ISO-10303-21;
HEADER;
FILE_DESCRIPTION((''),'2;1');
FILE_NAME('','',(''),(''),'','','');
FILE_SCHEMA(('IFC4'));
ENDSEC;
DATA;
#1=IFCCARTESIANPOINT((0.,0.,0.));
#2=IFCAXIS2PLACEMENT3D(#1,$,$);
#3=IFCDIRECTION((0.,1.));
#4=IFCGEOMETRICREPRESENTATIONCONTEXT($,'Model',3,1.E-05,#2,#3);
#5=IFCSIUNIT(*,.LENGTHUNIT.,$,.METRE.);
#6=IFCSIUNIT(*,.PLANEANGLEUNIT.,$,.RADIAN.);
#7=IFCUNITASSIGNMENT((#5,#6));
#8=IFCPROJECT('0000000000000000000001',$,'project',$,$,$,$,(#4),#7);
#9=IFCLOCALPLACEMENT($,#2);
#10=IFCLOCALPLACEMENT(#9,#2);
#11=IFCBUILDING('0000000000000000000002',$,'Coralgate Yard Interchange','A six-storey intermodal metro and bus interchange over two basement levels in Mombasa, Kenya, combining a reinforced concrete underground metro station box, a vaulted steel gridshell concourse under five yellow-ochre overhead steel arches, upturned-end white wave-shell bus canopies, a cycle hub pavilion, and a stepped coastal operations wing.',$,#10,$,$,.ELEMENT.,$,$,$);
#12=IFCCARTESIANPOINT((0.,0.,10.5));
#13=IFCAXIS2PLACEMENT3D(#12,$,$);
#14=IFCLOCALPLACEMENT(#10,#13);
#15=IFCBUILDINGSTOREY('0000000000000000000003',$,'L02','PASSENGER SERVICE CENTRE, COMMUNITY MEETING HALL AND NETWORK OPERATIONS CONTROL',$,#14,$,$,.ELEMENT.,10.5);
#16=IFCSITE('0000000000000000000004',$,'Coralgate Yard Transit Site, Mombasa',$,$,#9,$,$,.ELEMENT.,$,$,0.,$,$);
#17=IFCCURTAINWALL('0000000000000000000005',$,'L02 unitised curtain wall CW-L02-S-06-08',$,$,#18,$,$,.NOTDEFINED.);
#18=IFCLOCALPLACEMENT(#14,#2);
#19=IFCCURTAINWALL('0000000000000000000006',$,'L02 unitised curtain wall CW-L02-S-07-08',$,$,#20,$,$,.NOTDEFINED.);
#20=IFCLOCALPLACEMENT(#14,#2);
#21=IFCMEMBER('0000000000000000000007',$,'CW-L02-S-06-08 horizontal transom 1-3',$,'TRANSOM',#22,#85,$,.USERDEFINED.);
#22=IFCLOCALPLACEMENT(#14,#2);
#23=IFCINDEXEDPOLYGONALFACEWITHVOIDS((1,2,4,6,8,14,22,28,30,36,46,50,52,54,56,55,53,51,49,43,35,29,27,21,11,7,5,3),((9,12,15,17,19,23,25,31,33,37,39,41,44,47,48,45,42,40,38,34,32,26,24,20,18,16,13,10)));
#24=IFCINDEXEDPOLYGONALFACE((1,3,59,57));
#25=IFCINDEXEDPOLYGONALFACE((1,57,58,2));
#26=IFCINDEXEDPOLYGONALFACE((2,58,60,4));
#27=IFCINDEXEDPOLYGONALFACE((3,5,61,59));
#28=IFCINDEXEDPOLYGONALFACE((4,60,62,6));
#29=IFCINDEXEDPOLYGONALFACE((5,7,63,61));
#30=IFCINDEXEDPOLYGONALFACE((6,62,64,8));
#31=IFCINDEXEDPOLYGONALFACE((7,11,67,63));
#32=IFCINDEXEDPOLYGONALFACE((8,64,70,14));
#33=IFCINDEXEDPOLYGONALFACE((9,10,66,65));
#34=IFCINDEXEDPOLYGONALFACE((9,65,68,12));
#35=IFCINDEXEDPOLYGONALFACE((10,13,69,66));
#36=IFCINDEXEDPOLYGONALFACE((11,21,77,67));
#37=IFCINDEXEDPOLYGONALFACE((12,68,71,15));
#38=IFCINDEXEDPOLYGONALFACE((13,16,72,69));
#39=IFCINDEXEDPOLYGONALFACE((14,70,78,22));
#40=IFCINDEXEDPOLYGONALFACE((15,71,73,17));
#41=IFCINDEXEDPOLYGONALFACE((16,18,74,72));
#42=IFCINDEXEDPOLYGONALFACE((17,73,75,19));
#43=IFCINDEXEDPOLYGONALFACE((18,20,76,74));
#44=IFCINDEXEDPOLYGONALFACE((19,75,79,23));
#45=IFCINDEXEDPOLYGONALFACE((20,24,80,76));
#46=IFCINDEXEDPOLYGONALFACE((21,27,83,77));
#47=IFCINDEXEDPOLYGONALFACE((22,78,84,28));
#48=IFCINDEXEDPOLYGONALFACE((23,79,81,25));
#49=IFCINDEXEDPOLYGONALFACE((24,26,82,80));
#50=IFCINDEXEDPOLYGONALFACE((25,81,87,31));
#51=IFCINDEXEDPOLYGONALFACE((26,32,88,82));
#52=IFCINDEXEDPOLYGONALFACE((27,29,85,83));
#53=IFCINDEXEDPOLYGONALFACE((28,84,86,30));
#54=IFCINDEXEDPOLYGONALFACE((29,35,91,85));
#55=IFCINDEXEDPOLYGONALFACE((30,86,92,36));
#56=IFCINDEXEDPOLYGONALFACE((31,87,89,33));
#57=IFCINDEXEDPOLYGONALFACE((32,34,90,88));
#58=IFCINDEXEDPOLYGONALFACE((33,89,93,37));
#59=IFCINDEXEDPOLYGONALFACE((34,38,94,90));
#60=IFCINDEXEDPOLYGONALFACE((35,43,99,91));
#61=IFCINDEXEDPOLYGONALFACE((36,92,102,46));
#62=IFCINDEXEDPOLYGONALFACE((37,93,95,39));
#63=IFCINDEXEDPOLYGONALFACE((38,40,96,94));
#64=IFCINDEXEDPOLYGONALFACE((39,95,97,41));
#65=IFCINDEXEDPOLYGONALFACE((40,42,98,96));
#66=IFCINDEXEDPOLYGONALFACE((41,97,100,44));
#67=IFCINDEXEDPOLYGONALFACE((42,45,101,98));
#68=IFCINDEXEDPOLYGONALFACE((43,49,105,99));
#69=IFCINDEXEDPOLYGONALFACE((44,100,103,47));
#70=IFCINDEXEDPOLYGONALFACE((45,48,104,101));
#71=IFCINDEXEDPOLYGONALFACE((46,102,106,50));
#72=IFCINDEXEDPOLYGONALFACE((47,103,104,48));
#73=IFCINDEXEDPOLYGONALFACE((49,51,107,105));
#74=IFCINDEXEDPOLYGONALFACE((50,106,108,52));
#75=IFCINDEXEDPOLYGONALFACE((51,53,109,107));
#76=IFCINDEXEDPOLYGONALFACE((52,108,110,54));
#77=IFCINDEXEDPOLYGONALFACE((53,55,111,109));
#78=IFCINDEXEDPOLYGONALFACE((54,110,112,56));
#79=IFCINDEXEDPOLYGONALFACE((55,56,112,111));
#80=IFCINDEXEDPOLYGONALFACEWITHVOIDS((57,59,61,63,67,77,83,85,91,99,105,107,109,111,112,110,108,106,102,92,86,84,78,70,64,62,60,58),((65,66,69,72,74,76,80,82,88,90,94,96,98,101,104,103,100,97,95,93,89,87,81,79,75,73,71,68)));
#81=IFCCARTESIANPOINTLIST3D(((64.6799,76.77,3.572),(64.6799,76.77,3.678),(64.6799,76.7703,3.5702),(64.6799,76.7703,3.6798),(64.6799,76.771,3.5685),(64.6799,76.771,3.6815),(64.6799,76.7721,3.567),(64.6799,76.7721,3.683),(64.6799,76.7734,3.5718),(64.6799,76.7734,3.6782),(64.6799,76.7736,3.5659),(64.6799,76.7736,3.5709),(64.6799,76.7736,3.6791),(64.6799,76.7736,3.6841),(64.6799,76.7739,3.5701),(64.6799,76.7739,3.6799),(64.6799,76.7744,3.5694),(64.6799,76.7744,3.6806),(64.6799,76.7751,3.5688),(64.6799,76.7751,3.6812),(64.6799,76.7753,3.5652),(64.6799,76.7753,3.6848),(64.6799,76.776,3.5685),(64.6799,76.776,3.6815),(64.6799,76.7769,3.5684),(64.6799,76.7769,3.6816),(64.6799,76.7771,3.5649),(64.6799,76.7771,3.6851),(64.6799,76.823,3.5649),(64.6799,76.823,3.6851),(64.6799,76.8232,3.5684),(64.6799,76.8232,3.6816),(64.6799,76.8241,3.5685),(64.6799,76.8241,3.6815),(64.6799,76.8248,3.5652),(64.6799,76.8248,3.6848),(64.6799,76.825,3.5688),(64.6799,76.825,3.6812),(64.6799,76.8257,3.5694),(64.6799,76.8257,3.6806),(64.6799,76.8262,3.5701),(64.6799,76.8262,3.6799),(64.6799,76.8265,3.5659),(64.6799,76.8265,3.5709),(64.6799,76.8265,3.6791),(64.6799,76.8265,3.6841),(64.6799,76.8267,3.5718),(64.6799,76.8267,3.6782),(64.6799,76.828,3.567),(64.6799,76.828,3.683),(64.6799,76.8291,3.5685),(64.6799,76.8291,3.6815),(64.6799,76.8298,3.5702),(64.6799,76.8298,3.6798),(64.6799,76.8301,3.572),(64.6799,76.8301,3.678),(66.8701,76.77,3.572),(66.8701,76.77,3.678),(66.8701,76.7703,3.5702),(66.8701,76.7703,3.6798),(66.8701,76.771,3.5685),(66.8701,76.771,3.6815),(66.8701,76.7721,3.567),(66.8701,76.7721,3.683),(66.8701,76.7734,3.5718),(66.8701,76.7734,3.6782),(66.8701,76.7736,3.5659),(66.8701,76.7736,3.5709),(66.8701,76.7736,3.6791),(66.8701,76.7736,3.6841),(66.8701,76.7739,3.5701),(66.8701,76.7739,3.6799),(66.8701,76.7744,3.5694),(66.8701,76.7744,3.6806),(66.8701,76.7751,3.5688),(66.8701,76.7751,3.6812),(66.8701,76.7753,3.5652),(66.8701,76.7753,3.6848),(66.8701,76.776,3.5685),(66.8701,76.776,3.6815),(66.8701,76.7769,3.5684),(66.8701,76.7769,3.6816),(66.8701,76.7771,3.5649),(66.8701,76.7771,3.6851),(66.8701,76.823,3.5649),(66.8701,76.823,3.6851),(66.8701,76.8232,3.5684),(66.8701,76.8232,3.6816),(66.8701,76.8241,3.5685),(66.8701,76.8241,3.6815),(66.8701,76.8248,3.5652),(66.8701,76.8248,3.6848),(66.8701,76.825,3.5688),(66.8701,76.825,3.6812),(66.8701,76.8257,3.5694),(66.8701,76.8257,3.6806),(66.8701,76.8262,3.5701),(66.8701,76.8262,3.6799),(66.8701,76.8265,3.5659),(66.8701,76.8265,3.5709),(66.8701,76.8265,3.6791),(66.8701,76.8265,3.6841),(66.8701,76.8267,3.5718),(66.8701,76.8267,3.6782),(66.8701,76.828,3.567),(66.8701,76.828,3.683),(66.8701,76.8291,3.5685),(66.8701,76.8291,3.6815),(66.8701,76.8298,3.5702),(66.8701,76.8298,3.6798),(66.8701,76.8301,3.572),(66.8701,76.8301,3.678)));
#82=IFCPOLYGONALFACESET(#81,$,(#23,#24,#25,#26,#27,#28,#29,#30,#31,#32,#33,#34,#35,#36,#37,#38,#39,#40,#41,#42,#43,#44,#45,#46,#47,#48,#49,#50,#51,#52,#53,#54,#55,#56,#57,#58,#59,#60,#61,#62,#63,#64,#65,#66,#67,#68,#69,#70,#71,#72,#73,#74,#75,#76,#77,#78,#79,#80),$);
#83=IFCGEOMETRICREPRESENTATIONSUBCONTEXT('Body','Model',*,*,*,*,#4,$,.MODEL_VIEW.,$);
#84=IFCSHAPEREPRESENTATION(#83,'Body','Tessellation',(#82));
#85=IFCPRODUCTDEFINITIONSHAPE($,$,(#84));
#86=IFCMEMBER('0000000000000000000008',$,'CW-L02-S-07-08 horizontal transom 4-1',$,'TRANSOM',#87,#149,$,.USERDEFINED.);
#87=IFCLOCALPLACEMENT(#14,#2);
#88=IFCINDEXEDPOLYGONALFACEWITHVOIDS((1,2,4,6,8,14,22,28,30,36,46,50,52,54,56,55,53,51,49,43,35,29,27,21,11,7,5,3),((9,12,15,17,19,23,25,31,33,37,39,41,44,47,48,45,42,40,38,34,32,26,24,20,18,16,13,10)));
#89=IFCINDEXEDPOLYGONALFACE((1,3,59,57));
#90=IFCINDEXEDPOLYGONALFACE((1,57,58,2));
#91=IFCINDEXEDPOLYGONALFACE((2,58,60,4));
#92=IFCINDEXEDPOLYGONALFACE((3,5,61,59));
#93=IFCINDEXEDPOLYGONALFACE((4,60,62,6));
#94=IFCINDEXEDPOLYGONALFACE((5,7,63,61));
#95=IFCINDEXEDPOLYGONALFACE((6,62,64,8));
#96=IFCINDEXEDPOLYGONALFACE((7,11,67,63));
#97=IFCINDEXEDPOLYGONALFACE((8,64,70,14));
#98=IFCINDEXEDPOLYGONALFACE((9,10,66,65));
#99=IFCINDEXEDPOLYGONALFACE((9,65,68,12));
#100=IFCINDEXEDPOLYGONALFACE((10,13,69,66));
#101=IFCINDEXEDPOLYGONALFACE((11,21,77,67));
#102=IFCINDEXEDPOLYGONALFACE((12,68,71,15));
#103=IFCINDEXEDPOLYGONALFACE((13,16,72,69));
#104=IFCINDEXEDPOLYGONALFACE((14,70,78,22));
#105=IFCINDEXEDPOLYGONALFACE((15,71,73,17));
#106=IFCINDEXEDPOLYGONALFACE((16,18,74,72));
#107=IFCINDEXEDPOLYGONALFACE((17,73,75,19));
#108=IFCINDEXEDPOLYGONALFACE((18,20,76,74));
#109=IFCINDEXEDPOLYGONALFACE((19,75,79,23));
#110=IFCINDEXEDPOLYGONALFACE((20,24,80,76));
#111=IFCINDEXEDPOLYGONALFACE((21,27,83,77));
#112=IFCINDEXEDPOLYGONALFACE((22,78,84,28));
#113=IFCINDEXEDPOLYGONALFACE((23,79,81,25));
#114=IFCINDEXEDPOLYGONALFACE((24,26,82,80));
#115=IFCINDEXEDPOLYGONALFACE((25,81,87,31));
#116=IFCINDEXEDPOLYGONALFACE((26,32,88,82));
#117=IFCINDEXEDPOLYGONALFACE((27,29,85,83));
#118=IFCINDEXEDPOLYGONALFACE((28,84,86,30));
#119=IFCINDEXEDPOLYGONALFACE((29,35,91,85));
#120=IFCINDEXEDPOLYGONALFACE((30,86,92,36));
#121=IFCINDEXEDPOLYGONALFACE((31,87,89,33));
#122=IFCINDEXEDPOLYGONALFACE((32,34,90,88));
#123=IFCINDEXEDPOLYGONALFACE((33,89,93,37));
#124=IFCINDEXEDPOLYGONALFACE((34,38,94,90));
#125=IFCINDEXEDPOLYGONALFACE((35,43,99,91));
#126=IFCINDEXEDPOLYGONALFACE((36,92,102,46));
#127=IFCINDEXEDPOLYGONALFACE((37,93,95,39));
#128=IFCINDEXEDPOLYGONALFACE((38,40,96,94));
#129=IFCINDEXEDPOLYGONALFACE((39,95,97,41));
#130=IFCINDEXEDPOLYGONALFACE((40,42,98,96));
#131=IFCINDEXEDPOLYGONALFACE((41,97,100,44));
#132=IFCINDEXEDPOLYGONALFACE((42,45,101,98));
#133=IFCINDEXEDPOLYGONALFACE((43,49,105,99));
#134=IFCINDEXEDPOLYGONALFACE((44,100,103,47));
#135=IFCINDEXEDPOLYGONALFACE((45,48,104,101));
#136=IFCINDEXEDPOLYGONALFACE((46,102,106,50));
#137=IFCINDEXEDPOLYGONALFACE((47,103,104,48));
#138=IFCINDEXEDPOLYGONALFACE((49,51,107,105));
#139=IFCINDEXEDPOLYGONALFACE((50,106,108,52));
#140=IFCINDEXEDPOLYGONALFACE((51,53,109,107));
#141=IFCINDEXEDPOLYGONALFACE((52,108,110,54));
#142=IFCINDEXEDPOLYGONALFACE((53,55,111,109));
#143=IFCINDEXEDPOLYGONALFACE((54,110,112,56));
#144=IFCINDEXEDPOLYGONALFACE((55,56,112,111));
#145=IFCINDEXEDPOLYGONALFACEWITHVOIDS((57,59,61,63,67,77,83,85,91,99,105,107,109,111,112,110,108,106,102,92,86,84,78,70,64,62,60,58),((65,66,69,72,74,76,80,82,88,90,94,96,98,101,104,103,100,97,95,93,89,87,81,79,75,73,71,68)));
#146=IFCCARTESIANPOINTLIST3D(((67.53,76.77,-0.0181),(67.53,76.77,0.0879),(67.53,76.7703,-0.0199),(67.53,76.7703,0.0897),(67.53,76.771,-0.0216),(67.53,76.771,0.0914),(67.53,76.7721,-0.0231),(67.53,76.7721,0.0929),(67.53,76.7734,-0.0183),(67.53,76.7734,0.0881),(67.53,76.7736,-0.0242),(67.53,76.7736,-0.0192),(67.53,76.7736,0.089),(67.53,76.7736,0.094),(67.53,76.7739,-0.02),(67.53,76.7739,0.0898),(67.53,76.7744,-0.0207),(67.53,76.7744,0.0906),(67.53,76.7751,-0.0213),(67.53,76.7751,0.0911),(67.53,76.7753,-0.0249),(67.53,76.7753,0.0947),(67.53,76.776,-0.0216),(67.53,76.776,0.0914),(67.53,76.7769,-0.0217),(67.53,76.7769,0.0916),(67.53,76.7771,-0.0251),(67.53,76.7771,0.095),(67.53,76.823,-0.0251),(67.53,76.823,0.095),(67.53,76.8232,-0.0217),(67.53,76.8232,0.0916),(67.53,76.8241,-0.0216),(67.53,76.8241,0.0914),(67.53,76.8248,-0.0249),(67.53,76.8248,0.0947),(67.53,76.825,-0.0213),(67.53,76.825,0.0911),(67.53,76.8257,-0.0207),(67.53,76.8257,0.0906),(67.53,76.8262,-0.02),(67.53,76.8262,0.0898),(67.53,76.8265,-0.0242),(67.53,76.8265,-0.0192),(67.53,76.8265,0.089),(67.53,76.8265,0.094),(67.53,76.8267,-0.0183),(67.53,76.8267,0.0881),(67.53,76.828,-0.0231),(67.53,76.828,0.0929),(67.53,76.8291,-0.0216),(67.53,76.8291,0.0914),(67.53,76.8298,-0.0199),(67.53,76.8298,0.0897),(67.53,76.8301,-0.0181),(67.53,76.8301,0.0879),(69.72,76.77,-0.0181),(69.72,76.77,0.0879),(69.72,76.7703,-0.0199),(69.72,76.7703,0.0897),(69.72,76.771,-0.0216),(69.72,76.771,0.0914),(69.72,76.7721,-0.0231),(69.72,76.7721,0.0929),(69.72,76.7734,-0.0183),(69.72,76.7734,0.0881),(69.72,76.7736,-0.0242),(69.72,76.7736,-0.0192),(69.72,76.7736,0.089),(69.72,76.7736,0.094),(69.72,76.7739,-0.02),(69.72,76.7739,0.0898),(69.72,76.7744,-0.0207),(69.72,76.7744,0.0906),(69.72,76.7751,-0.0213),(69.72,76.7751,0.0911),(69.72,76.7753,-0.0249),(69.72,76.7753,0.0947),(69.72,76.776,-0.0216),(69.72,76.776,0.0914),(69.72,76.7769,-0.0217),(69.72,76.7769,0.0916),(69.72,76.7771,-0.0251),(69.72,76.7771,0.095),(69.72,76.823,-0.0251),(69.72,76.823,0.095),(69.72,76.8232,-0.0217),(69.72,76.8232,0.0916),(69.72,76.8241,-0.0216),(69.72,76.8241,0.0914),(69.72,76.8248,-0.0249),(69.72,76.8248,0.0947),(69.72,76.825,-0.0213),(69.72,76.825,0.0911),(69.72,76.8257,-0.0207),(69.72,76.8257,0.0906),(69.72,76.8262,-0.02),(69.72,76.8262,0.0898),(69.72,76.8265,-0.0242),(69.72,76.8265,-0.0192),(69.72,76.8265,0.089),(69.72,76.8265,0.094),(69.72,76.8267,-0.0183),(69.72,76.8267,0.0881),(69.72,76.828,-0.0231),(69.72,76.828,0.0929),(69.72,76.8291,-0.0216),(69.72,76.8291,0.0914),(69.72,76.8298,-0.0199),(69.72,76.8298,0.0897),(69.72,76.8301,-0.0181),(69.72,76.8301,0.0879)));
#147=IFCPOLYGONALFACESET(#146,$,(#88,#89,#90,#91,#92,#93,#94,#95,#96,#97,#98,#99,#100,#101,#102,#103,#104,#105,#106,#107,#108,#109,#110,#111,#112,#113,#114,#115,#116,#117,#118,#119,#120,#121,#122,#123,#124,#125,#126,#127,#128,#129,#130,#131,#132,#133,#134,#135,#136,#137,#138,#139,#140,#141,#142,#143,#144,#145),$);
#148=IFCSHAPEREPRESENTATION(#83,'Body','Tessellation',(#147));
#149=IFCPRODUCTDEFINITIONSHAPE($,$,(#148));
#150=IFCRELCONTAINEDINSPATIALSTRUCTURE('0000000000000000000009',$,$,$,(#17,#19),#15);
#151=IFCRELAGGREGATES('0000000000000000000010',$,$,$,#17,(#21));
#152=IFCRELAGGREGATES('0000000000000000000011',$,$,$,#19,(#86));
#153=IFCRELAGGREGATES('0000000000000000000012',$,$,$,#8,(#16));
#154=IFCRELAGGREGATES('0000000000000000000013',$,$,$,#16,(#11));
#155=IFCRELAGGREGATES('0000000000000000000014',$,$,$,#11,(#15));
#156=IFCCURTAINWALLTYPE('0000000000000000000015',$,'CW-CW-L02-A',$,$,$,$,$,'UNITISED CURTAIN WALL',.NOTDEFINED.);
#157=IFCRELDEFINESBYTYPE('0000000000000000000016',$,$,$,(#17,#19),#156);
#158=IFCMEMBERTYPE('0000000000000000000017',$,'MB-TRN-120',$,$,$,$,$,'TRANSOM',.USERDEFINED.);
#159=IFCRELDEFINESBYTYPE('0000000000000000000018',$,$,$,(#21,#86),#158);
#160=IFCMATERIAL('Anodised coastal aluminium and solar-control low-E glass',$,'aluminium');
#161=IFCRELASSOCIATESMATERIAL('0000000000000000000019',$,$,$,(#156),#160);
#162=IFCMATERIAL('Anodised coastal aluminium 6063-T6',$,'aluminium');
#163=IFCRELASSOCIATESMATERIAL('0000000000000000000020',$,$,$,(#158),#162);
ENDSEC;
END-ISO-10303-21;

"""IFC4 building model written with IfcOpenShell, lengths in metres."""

from ifc_helpers import new_model, si_unit, direction, frame, origin, origin_2d, place, context, subcontext, project, spatial, hollow_rectangle, extrude, material, material_profile, profile_set, type_object, element, aggregate, save


model = new_model("IFC4")

# Units and contexts
model_context = context("Model", 3, precision=1e-05, world=origin(), true_north=direction((0.0, 1.0)))
body_context = subcontext(model_context, "Body", "Model", "MODEL_VIEW")
ifc_project = project(units=[si_unit("LENGTHUNIT", "METRE"), si_unit("PLANEANGLEUNIT", "RADIAN")], contexts=[model_context])

# Site, building, storey
site_placement = place(None, origin())
site = spatial("IfcSite", under=ifc_project, at=site_placement, Name="Coralgate Yard Transit Site, Mombasa", CompositionType="ELEMENT", RefElevation=0.0)
building_placement = place(site_placement, origin())
building = spatial("IfcBuilding", under=site, at=building_placement, Name="Coralgate Yard Interchange", Description="A six-storey intermodal metro and bus interchange over two basement levels in Mombasa, Kenya, combining a reinforced concrete underground metro station box, a vaulted steel gridshell concourse under five yellow-ochre overhead steel arches, upturned-end white wave-shell bus canopies, a cycle hub pavilion, and a stepped coastal operations wing.", CompositionType="ELEMENT")
storey_placement = place(building_placement, frame((0.0, 0.0, 10.5)))
storey = spatial("IfcBuildingStorey", under=building, at=storey_placement, Name="L02", Description="PASSENGER SERVICE CENTRE, COMMUNITY MEETING HALL AND NETWORK OPERATIONS CONTROL", CompositionType="ELEMENT", Elevation=10.5)

# Curtain wall
ifc_material_1 = material(Name="Anodised coastal aluminium and solar-control low-E glass", Category="aluminium")
curtain_wall_type = type_object("IfcCurtainWallType", Name="CW-CW-L02-A", ElementType="UNITISED CURTAIN WALL", PredefinedType="NOTDEFINED", material=ifc_material_1)
curtain_wall_1_placement = place(storey_placement, origin())
curtain_wall_1 = element("IfcCurtainWall", 1, at=curtain_wall_1_placement, inside=storey, type_object=curtain_wall_type, Name="L02 unitised curtain wall CW-L02-S-06-08", PredefinedType="NOTDEFINED")
ifc_material_2 = material(Name="Anodised coastal aluminium 6063-T6", Category="aluminium")

# Curtain wall
curtain_wall_2_placement = place(storey_placement, origin())
curtain_wall_2 = element("IfcCurtainWall", 2, at=curtain_wall_2_placement, inside=storey, type_object=curtain_wall_type, Name="L02 unitised curtain wall CW-L02-S-07-08", PredefinedType="NOTDEFINED")

# Members
ifc_material_profile_1 = material_profile(ifc_material_2, hollow_rectangle(XDim=0.0601, YDim=0.1201, WallThickness=0.0034, InnerFilletRadius=0.0034, OuterFilletRadius=0.0071, at=origin_2d()), Name="ALU 60x120x3.5")
ifc_profile_set_1 = profile_set([ifc_material_profile_1], Name="Anodised coastal aluminium 6063-T6")
member_type_1 = type_object("IfcMemberType", Name="MB-TRN-120", ElementType="TRANSOM", PredefinedType="USERDEFINED", material=ifc_profile_set_1)
member_1_placement = place(storey_placement, frame((66.8701, 76.8, 3.625), z_axis=(-1.0, 0.0, 0.0), x_axis=(0.0, -1.0, 0.0)))
member_1 = element("IfcMember", 3, at=member_1_placement, type_object=member_type_1, Name="CW-L02-S-06-08 horizontal transom 1-3", ObjectType="TRANSOM", PredefinedType="USERDEFINED", context=body_context, shape_type="SweptSolid", body=[
    extrude(hollow_rectangle(XDim=0.0601, YDim=0.1201, WallThickness=0.0034, InnerFilletRadius=0.0034, OuterFilletRadius=0.0071, at=origin_2d()), origin(), (0.0, 0.0, 1.0), 2.1902),
])
aggregate(curtain_wall_1, [member_1])
member_2_placement = place(storey_placement, frame((69.72, 76.8, 0.0349), z_axis=(-1.0, 0.0, 0.0), x_axis=(0.0, -1.0, 0.0)))
member_2 = element("IfcMember", 4, at=member_2_placement, type_object=member_type_1, Name="CW-L02-S-07-08 horizontal transom 4-1", ObjectType="TRANSOM", PredefinedType="USERDEFINED", context=body_context, shape_type="SweptSolid", body=[
    extrude(hollow_rectangle(XDim=0.0601, YDim=0.1201, WallThickness=0.0034, InnerFilletRadius=0.0034, OuterFilletRadius=0.0071, at=origin_2d()), origin(), (0.0, 0.0, 1.0), 2.1899),
])

aggregate(curtain_wall_2, [member_2])

save(model, "model.ifc")
